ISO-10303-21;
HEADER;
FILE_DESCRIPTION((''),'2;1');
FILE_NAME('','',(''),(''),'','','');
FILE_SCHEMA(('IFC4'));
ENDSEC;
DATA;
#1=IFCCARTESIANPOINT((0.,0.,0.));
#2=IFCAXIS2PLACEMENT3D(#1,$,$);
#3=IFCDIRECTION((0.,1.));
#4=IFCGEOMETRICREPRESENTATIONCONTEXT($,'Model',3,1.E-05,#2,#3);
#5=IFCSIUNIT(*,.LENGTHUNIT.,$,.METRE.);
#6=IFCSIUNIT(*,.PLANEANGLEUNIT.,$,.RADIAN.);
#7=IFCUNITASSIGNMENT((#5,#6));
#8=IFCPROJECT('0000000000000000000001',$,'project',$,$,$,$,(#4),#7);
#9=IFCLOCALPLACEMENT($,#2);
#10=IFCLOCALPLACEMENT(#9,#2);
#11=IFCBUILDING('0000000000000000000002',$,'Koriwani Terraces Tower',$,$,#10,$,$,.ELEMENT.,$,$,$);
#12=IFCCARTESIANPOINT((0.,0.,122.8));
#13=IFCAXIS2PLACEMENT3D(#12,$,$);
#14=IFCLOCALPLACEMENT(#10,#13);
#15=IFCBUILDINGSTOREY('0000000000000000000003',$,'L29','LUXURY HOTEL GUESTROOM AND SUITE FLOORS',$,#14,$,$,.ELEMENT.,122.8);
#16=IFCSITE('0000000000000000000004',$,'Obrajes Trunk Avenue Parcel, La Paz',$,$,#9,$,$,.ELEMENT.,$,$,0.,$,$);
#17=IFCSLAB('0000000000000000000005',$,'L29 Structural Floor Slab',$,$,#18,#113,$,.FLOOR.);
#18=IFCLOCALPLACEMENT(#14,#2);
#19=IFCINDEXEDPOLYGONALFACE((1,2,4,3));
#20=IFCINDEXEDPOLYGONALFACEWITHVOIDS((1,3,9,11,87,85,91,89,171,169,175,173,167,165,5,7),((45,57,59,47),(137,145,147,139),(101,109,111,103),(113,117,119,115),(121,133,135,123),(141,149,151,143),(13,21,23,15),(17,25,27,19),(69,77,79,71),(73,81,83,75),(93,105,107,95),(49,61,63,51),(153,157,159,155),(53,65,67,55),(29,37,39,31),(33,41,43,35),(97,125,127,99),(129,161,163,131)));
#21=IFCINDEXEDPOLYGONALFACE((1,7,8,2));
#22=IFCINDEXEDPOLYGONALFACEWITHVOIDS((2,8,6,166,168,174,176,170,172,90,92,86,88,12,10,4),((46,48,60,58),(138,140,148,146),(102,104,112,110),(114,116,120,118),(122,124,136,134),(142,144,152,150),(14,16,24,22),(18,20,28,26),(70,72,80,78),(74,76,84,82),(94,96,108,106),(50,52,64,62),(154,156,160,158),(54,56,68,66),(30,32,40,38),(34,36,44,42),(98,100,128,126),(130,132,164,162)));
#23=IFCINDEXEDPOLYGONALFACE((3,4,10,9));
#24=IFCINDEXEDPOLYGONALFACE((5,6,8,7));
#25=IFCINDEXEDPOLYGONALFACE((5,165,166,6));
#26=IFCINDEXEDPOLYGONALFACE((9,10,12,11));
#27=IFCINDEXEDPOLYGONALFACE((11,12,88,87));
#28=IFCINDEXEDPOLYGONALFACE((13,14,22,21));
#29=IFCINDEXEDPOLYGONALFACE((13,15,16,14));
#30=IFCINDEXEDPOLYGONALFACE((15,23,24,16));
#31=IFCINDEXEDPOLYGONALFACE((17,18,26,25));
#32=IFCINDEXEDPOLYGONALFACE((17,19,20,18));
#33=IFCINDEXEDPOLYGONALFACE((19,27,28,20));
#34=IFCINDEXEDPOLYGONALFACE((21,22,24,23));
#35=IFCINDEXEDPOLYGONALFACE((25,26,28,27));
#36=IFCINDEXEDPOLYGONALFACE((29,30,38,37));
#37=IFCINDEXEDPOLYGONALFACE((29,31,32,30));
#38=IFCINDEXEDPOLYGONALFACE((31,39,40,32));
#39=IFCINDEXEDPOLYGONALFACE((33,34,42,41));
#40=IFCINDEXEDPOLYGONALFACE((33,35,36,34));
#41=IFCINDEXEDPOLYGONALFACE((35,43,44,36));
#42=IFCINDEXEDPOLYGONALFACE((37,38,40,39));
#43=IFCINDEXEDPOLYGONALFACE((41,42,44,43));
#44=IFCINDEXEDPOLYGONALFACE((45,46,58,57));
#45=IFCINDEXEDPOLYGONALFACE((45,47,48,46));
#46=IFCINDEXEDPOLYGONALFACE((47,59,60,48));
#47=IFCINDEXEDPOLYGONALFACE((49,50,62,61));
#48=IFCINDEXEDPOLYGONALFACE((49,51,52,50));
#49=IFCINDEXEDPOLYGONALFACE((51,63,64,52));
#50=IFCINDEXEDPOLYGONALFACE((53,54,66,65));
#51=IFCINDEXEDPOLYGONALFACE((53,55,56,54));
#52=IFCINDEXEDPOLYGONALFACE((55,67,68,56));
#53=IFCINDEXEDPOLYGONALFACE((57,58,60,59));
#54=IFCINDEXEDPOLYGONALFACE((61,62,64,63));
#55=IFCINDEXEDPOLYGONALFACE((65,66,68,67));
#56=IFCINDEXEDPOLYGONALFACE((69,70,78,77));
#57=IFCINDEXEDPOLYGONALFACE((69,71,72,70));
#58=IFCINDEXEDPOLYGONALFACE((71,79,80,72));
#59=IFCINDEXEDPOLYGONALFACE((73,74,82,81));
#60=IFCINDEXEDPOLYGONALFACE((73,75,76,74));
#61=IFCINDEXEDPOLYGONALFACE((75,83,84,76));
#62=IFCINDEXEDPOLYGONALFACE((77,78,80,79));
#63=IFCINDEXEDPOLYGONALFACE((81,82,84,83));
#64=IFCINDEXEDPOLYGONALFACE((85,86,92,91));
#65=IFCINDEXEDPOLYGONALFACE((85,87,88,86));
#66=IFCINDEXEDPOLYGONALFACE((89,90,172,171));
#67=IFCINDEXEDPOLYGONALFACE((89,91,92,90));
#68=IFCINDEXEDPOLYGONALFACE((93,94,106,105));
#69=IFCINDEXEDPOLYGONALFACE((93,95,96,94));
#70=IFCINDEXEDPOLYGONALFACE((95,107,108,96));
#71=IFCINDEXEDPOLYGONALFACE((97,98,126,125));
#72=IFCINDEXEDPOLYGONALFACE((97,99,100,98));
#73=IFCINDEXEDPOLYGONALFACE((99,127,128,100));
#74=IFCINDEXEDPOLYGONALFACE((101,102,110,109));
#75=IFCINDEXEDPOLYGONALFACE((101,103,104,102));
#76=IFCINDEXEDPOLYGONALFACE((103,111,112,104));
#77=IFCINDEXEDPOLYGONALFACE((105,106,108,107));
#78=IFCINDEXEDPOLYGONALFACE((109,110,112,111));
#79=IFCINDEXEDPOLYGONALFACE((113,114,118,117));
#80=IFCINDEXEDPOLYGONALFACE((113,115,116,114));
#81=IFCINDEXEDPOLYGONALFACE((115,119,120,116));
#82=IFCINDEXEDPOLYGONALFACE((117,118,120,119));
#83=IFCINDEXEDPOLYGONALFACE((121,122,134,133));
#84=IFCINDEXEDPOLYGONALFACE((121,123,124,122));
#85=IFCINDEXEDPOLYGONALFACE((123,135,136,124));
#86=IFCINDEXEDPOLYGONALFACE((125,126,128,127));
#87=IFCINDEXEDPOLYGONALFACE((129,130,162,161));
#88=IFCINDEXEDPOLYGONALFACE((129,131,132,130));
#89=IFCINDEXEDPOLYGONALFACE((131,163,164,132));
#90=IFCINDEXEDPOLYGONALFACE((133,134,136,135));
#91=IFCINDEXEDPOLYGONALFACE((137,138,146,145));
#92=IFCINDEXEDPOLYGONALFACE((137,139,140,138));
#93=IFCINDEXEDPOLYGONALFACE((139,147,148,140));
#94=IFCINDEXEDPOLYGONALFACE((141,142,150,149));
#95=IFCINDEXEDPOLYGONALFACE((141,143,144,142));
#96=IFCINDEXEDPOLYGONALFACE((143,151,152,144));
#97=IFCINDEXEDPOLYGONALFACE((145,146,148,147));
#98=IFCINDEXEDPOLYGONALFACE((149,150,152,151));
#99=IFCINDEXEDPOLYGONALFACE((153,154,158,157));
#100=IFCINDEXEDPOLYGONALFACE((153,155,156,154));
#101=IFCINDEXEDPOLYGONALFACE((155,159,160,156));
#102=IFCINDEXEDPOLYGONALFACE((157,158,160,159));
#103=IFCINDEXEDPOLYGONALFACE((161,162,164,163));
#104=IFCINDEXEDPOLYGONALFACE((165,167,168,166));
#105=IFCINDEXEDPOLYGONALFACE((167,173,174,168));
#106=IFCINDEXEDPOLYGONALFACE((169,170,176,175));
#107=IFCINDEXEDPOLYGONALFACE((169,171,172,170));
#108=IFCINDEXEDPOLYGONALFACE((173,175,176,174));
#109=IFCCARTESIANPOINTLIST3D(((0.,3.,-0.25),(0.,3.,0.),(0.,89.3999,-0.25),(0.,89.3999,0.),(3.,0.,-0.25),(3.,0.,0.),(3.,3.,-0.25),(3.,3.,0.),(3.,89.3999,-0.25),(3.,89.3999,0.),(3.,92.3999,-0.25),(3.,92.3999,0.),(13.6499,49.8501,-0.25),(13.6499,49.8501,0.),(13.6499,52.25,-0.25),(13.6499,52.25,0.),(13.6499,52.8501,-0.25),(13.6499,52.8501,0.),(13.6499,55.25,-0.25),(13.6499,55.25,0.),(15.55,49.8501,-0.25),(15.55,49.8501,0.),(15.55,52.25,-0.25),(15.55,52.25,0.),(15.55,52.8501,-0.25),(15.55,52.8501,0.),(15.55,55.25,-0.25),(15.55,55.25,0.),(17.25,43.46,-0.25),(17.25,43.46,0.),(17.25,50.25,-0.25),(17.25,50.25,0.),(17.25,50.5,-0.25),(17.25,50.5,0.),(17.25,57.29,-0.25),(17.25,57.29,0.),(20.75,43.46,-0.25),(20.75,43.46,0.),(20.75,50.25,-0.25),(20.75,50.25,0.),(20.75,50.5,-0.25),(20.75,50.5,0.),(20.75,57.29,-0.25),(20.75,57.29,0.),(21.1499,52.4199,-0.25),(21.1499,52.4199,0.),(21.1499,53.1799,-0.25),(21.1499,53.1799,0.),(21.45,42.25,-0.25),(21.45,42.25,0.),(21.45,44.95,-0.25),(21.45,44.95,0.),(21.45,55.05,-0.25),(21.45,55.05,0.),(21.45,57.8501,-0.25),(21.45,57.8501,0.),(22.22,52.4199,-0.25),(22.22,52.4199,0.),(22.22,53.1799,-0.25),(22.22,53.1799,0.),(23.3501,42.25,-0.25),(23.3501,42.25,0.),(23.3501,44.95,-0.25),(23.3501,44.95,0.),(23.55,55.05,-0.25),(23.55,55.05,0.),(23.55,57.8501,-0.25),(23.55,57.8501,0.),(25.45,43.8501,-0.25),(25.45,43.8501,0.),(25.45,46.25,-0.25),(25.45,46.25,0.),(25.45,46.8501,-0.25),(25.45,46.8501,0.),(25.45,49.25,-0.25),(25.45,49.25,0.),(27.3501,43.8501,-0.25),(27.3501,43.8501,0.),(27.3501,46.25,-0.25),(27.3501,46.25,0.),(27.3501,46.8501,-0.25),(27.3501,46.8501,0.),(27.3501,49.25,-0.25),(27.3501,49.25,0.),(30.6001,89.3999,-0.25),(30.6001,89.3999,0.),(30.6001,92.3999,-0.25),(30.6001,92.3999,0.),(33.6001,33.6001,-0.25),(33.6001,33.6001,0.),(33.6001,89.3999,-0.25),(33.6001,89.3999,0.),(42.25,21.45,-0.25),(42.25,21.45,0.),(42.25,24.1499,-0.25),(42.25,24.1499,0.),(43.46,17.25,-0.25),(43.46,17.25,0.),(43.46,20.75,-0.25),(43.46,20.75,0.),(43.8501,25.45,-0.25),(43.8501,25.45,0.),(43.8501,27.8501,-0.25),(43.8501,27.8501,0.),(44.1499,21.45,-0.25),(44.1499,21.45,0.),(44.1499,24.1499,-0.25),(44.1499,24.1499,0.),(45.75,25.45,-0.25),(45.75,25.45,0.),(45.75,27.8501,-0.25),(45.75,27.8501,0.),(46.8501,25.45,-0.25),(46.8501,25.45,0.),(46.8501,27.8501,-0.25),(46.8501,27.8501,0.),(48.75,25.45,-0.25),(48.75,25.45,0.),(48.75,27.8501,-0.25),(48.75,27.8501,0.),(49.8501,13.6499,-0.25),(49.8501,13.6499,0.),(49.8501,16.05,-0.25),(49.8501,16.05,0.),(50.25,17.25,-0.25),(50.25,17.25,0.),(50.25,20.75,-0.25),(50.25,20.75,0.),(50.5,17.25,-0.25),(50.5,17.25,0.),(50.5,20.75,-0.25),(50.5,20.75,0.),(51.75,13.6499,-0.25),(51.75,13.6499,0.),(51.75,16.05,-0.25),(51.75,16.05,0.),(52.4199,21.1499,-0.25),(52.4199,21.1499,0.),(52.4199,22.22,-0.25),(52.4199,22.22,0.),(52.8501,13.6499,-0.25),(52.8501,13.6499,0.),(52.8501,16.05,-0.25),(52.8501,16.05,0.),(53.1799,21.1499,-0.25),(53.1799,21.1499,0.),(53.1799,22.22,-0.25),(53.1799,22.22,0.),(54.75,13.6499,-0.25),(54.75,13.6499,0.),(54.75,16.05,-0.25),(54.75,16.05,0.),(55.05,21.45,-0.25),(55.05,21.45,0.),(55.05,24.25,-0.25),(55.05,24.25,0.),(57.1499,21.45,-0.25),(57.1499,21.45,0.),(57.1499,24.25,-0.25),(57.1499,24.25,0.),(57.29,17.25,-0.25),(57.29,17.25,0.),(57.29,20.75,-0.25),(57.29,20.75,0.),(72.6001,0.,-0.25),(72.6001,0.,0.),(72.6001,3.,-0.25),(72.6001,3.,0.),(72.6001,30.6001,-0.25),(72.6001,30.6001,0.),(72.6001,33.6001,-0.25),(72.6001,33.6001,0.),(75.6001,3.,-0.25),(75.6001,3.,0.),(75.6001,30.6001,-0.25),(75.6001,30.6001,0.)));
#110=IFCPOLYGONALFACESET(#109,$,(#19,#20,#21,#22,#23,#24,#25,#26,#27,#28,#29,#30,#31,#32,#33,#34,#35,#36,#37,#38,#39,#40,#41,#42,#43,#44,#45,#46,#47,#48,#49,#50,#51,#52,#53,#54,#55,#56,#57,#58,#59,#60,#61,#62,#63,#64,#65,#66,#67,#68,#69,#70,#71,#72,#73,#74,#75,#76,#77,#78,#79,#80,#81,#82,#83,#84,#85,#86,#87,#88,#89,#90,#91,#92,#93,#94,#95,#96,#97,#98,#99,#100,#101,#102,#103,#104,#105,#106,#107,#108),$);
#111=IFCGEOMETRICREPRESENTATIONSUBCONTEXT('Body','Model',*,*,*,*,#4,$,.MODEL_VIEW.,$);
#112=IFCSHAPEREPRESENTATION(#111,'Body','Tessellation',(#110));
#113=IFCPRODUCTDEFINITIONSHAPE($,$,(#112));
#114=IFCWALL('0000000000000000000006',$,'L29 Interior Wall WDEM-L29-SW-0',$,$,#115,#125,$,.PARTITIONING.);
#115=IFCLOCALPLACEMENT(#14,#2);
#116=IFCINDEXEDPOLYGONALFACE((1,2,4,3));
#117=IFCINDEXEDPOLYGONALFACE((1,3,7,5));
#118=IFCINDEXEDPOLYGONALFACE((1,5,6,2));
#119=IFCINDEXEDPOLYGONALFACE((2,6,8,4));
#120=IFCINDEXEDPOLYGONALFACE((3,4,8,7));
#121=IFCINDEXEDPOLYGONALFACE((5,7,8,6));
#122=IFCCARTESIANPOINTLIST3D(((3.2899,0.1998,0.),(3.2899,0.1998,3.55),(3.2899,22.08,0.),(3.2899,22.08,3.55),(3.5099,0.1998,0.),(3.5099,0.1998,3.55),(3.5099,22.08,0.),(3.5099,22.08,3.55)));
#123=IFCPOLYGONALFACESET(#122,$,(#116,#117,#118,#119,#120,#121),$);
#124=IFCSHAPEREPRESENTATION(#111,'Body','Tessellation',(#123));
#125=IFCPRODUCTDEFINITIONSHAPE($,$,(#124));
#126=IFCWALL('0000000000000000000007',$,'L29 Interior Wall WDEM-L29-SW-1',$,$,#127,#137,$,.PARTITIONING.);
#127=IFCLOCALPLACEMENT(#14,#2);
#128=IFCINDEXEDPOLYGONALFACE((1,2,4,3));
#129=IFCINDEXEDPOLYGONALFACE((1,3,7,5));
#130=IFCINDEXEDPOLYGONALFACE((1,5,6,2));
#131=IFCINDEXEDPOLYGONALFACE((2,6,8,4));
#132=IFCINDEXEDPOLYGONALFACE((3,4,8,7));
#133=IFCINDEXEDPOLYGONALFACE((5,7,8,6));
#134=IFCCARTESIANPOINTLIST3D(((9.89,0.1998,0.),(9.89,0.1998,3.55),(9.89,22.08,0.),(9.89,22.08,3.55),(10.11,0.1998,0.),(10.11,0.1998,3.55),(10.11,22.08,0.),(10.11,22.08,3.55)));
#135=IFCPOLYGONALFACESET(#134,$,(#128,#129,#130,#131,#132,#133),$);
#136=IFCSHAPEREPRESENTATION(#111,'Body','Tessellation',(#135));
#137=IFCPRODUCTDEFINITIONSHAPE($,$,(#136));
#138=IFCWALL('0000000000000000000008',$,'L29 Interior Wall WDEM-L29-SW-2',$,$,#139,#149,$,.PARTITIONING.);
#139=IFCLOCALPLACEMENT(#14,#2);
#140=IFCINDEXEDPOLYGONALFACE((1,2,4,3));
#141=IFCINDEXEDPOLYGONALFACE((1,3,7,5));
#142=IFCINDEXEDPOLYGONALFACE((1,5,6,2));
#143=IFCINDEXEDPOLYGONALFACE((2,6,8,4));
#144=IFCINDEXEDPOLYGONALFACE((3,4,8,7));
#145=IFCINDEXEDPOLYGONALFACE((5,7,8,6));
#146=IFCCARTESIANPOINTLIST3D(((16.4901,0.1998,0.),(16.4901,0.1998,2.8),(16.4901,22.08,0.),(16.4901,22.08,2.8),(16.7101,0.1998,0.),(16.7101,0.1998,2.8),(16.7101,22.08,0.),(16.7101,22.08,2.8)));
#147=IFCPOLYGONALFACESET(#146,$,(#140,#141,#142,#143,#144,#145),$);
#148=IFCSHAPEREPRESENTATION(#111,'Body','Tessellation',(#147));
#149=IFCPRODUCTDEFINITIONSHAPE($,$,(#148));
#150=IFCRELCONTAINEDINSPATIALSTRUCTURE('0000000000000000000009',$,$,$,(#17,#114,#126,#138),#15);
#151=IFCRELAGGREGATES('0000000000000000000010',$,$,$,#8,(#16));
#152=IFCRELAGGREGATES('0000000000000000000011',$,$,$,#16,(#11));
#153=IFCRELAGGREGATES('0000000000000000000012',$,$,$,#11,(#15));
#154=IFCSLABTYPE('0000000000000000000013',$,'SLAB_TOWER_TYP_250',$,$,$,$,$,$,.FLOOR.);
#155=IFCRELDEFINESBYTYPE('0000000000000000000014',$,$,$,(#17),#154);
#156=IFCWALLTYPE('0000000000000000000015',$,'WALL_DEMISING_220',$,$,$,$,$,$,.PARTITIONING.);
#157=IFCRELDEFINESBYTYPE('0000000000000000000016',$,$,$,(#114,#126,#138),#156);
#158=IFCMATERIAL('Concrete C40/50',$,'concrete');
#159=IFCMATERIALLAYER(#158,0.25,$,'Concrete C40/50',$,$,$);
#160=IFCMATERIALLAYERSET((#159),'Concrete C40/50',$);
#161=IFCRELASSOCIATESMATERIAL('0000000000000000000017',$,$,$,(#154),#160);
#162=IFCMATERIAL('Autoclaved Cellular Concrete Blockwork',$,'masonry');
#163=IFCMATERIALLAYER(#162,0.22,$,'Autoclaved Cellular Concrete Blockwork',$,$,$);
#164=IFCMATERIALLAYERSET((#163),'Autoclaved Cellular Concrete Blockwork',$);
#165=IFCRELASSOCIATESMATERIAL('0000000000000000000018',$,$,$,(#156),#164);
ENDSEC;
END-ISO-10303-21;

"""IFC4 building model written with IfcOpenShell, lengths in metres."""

from ifc_helpers import new_model, si_unit, direction, frame, frame_2d, origin, place, context, subcontext, project, spatial, polyline, rectangle, outline, extrude, material, layer, layer_set, type_object, element, save


model = new_model("IFC4")

# Units and contexts
model_context = context("Model", 3, precision=1e-05, world=origin(), true_north=direction((0.0, 1.0)))
body_context = subcontext(model_context, "Body", "Model", "MODEL_VIEW")
ifc_project = project(units=[si_unit("LENGTHUNIT", "METRE"), si_unit("PLANEANGLEUNIT", "RADIAN")], contexts=[model_context])

# Site, building, storey
site_placement = place(None, origin())
site = spatial("IfcSite", under=ifc_project, at=site_placement, Name="Obrajes Trunk Avenue Parcel, La Paz", CompositionType="ELEMENT", RefElevation=0.0)
building_placement = place(site_placement, origin())
building = spatial("IfcBuilding", under=site, at=building_placement, Name="Koriwani Terraces Tower", CompositionType="ELEMENT")
storey_placement = place(building_placement, frame((0.0, 0.0, 122.8)))
storey = spatial("IfcBuildingStorey", under=building, at=storey_placement, Name="L29", Description="LUXURY HOTEL GUESTROOM AND SUITE FLOORS", CompositionType="ELEMENT", Elevation=122.8)

# Shared definitions
ifc_material_1 = material(Name="Concrete C40/50", Category="concrete")

# Slab
ifc_layer_1 = layer(ifc_material_1, 0.25, Name="Concrete C40/50")
ifc_layer_set_1 = layer_set([ifc_layer_1], Name="Concrete C40/50")
slab_type_1 = type_object("IfcSlabType", Name="SLAB_TOWER_TYP_250", PredefinedType="FLOOR", material=ifc_layer_set_1)
slab_1_placement = place(storey_placement, frame((0.0, 0.0, -0.25)))
element("IfcSlab", 1, at=slab_1_placement, inside=storey, type_object=slab_type_1, Name="L29 Structural Floor Slab", PredefinedType="FLOOR", context=body_context, shape_type="SweptSolid", body=[
    extrude(outline(polyline([(3.0, 0.0), (72.6001, 0.0), (72.6001, 3.0), (75.6001, 3.0), (75.6001, 30.6001), (72.6001, 30.6001), (72.6001, 33.6001), (33.6001, 33.6001), (33.6001, 89.3999), (30.6001, 89.3999), (30.6001, 92.3999), (3.0, 92.3999), (3.0, 89.3999), (0.0, 89.3999), (0.0, 3.0), (3.0, 3.0), (3.0, 0.0)]), holes=[polyline([(17.25, 43.46), (20.75, 43.46), (20.75, 50.25), (17.25, 50.25), (17.25, 43.46)]), polyline([(17.25, 50.5), (20.75, 50.5), (20.75, 57.29), (17.25, 57.29), (17.25, 50.5)]), polyline([(43.46, 17.25), (50.25, 17.25), (50.25, 20.75), (43.46, 20.75), (43.46, 17.25)]), polyline([(50.5, 17.25), (57.29, 17.25), (57.29, 20.75), (50.5, 20.75), (50.5, 17.25)]), polyline([(13.6499, 49.8501), (15.55, 49.8501), (15.55, 52.25), (13.6499, 52.25), (13.6499, 49.8501)]), polyline([(13.6499, 52.8501), (15.55, 52.8501), (15.55, 55.25), (13.6499, 55.25), (13.6499, 52.8501)]), polyline([(49.8501, 13.6499), (51.75, 13.6499), (51.75, 16.05), (49.8501, 16.05), (49.8501, 13.6499)]), polyline([(52.8501, 13.6499), (54.75, 13.6499), (54.75, 16.05), (52.8501, 16.05), (52.8501, 13.6499)]), polyline([(25.45, 43.8501), (27.3501, 43.8501), (27.3501, 46.25), (25.45, 46.25), (25.45, 43.8501)]), polyline([(25.45, 46.8501), (27.3501, 46.8501), (27.3501, 49.25), (25.45, 49.25), (25.45, 46.8501)]), polyline([(43.8501, 25.45), (45.75, 25.45), (45.75, 27.8501), (43.8501, 27.8501), (43.8501, 25.45)]), polyline([(46.8501, 25.45), (48.75, 25.45), (48.75, 27.8501), (46.8501, 27.8501), (46.8501, 25.45)]), polyline([(21.45, 55.05), (23.55, 55.05), (23.55, 57.8501), (21.45, 57.8501), (21.45, 55.05)]), polyline([(55.05, 21.45), (57.1499, 21.45), (57.1499, 24.25), (55.05, 24.25), (55.05, 21.45)]), polyline([(21.45, 42.25), (23.3501, 42.25), (23.3501, 44.95), (21.45, 44.95), (21.45, 42.25)]), polyline([(42.25, 21.45), (44.1499, 21.45), (44.1499, 24.1499), (42.25, 24.1499), (42.25, 21.45)]), polyline([(21.1499, 52.4199), (22.22, 52.4199), (22.22, 53.1799), (21.1499, 53.1799), (21.1499, 52.4199)]), polyline([(52.4199, 21.1499), (53.1799, 21.1499), (53.1799, 22.22), (52.4199, 22.22), (52.4199, 21.1499)])]), origin(), (0.0, 0.0, 1.0), 0.25),
])

# Walls
ifc_material_2 = material(Name="Autoclaved Cellular Concrete Blockwork", Category="masonry")
ifc_layer_2 = layer(ifc_material_2, 0.22, Name="Autoclaved Cellular Concrete Blockwork")
ifc_layer_set_2 = layer_set([ifc_layer_2], Name="Autoclaved Cellular Concrete Blockwork")
wall_type_1 = type_object("IfcWallType", Name="WALL_DEMISING_220", PredefinedType="PARTITIONING", material=ifc_layer_set_2)
for number, where, z_axis, x_axis, name in (
    (2, (3.3999, 0.2, 0.0), (0.0, 0.0, 1.0), (0.0, 1.0, 0.0), "L29 Interior Wall WDEM-L29-SW-0"),
    (3, (10.0, 0.2, 0.0), (0.0, 0.0, 1.0), (0.0, 1.0, 0.0), "L29 Interior Wall WDEM-L29-SW-1"),
):
    element("IfcWall", number, at=place(storey_placement, frame(where, z_axis=z_axis, x_axis=x_axis)), inside=storey, type_object=wall_type_1, Name=name, PredefinedType="PARTITIONING", context=body_context, shape_type="SweptSolid", body=[
        extrude(rectangle(XDim=21.8801, YDim=0.22, at=frame_2d((10.9399, 0.0))), origin(), (0.0, 0.0, 1.0), 3.55),
    ])
wall_1_placement = place(storey_placement, frame((16.6001, 0.2, 0.0), z_axis=(0.0, 0.0, 1.0), x_axis=(0.0, 1.0, 0.0)))
element("IfcWall", 4, at=wall_1_placement, inside=storey, type_object=wall_type_1, Name="L29 Interior Wall WDEM-L29-SW-2", PredefinedType="PARTITIONING", context=body_context, shape_type="SweptSolid", body=[
    extrude(rectangle(XDim=21.8801, YDim=0.22, at=frame_2d((10.9399, 0.0))), origin(), (0.0, 0.0, 1.0), 2.8),
])

save(model, "model.ifc")
